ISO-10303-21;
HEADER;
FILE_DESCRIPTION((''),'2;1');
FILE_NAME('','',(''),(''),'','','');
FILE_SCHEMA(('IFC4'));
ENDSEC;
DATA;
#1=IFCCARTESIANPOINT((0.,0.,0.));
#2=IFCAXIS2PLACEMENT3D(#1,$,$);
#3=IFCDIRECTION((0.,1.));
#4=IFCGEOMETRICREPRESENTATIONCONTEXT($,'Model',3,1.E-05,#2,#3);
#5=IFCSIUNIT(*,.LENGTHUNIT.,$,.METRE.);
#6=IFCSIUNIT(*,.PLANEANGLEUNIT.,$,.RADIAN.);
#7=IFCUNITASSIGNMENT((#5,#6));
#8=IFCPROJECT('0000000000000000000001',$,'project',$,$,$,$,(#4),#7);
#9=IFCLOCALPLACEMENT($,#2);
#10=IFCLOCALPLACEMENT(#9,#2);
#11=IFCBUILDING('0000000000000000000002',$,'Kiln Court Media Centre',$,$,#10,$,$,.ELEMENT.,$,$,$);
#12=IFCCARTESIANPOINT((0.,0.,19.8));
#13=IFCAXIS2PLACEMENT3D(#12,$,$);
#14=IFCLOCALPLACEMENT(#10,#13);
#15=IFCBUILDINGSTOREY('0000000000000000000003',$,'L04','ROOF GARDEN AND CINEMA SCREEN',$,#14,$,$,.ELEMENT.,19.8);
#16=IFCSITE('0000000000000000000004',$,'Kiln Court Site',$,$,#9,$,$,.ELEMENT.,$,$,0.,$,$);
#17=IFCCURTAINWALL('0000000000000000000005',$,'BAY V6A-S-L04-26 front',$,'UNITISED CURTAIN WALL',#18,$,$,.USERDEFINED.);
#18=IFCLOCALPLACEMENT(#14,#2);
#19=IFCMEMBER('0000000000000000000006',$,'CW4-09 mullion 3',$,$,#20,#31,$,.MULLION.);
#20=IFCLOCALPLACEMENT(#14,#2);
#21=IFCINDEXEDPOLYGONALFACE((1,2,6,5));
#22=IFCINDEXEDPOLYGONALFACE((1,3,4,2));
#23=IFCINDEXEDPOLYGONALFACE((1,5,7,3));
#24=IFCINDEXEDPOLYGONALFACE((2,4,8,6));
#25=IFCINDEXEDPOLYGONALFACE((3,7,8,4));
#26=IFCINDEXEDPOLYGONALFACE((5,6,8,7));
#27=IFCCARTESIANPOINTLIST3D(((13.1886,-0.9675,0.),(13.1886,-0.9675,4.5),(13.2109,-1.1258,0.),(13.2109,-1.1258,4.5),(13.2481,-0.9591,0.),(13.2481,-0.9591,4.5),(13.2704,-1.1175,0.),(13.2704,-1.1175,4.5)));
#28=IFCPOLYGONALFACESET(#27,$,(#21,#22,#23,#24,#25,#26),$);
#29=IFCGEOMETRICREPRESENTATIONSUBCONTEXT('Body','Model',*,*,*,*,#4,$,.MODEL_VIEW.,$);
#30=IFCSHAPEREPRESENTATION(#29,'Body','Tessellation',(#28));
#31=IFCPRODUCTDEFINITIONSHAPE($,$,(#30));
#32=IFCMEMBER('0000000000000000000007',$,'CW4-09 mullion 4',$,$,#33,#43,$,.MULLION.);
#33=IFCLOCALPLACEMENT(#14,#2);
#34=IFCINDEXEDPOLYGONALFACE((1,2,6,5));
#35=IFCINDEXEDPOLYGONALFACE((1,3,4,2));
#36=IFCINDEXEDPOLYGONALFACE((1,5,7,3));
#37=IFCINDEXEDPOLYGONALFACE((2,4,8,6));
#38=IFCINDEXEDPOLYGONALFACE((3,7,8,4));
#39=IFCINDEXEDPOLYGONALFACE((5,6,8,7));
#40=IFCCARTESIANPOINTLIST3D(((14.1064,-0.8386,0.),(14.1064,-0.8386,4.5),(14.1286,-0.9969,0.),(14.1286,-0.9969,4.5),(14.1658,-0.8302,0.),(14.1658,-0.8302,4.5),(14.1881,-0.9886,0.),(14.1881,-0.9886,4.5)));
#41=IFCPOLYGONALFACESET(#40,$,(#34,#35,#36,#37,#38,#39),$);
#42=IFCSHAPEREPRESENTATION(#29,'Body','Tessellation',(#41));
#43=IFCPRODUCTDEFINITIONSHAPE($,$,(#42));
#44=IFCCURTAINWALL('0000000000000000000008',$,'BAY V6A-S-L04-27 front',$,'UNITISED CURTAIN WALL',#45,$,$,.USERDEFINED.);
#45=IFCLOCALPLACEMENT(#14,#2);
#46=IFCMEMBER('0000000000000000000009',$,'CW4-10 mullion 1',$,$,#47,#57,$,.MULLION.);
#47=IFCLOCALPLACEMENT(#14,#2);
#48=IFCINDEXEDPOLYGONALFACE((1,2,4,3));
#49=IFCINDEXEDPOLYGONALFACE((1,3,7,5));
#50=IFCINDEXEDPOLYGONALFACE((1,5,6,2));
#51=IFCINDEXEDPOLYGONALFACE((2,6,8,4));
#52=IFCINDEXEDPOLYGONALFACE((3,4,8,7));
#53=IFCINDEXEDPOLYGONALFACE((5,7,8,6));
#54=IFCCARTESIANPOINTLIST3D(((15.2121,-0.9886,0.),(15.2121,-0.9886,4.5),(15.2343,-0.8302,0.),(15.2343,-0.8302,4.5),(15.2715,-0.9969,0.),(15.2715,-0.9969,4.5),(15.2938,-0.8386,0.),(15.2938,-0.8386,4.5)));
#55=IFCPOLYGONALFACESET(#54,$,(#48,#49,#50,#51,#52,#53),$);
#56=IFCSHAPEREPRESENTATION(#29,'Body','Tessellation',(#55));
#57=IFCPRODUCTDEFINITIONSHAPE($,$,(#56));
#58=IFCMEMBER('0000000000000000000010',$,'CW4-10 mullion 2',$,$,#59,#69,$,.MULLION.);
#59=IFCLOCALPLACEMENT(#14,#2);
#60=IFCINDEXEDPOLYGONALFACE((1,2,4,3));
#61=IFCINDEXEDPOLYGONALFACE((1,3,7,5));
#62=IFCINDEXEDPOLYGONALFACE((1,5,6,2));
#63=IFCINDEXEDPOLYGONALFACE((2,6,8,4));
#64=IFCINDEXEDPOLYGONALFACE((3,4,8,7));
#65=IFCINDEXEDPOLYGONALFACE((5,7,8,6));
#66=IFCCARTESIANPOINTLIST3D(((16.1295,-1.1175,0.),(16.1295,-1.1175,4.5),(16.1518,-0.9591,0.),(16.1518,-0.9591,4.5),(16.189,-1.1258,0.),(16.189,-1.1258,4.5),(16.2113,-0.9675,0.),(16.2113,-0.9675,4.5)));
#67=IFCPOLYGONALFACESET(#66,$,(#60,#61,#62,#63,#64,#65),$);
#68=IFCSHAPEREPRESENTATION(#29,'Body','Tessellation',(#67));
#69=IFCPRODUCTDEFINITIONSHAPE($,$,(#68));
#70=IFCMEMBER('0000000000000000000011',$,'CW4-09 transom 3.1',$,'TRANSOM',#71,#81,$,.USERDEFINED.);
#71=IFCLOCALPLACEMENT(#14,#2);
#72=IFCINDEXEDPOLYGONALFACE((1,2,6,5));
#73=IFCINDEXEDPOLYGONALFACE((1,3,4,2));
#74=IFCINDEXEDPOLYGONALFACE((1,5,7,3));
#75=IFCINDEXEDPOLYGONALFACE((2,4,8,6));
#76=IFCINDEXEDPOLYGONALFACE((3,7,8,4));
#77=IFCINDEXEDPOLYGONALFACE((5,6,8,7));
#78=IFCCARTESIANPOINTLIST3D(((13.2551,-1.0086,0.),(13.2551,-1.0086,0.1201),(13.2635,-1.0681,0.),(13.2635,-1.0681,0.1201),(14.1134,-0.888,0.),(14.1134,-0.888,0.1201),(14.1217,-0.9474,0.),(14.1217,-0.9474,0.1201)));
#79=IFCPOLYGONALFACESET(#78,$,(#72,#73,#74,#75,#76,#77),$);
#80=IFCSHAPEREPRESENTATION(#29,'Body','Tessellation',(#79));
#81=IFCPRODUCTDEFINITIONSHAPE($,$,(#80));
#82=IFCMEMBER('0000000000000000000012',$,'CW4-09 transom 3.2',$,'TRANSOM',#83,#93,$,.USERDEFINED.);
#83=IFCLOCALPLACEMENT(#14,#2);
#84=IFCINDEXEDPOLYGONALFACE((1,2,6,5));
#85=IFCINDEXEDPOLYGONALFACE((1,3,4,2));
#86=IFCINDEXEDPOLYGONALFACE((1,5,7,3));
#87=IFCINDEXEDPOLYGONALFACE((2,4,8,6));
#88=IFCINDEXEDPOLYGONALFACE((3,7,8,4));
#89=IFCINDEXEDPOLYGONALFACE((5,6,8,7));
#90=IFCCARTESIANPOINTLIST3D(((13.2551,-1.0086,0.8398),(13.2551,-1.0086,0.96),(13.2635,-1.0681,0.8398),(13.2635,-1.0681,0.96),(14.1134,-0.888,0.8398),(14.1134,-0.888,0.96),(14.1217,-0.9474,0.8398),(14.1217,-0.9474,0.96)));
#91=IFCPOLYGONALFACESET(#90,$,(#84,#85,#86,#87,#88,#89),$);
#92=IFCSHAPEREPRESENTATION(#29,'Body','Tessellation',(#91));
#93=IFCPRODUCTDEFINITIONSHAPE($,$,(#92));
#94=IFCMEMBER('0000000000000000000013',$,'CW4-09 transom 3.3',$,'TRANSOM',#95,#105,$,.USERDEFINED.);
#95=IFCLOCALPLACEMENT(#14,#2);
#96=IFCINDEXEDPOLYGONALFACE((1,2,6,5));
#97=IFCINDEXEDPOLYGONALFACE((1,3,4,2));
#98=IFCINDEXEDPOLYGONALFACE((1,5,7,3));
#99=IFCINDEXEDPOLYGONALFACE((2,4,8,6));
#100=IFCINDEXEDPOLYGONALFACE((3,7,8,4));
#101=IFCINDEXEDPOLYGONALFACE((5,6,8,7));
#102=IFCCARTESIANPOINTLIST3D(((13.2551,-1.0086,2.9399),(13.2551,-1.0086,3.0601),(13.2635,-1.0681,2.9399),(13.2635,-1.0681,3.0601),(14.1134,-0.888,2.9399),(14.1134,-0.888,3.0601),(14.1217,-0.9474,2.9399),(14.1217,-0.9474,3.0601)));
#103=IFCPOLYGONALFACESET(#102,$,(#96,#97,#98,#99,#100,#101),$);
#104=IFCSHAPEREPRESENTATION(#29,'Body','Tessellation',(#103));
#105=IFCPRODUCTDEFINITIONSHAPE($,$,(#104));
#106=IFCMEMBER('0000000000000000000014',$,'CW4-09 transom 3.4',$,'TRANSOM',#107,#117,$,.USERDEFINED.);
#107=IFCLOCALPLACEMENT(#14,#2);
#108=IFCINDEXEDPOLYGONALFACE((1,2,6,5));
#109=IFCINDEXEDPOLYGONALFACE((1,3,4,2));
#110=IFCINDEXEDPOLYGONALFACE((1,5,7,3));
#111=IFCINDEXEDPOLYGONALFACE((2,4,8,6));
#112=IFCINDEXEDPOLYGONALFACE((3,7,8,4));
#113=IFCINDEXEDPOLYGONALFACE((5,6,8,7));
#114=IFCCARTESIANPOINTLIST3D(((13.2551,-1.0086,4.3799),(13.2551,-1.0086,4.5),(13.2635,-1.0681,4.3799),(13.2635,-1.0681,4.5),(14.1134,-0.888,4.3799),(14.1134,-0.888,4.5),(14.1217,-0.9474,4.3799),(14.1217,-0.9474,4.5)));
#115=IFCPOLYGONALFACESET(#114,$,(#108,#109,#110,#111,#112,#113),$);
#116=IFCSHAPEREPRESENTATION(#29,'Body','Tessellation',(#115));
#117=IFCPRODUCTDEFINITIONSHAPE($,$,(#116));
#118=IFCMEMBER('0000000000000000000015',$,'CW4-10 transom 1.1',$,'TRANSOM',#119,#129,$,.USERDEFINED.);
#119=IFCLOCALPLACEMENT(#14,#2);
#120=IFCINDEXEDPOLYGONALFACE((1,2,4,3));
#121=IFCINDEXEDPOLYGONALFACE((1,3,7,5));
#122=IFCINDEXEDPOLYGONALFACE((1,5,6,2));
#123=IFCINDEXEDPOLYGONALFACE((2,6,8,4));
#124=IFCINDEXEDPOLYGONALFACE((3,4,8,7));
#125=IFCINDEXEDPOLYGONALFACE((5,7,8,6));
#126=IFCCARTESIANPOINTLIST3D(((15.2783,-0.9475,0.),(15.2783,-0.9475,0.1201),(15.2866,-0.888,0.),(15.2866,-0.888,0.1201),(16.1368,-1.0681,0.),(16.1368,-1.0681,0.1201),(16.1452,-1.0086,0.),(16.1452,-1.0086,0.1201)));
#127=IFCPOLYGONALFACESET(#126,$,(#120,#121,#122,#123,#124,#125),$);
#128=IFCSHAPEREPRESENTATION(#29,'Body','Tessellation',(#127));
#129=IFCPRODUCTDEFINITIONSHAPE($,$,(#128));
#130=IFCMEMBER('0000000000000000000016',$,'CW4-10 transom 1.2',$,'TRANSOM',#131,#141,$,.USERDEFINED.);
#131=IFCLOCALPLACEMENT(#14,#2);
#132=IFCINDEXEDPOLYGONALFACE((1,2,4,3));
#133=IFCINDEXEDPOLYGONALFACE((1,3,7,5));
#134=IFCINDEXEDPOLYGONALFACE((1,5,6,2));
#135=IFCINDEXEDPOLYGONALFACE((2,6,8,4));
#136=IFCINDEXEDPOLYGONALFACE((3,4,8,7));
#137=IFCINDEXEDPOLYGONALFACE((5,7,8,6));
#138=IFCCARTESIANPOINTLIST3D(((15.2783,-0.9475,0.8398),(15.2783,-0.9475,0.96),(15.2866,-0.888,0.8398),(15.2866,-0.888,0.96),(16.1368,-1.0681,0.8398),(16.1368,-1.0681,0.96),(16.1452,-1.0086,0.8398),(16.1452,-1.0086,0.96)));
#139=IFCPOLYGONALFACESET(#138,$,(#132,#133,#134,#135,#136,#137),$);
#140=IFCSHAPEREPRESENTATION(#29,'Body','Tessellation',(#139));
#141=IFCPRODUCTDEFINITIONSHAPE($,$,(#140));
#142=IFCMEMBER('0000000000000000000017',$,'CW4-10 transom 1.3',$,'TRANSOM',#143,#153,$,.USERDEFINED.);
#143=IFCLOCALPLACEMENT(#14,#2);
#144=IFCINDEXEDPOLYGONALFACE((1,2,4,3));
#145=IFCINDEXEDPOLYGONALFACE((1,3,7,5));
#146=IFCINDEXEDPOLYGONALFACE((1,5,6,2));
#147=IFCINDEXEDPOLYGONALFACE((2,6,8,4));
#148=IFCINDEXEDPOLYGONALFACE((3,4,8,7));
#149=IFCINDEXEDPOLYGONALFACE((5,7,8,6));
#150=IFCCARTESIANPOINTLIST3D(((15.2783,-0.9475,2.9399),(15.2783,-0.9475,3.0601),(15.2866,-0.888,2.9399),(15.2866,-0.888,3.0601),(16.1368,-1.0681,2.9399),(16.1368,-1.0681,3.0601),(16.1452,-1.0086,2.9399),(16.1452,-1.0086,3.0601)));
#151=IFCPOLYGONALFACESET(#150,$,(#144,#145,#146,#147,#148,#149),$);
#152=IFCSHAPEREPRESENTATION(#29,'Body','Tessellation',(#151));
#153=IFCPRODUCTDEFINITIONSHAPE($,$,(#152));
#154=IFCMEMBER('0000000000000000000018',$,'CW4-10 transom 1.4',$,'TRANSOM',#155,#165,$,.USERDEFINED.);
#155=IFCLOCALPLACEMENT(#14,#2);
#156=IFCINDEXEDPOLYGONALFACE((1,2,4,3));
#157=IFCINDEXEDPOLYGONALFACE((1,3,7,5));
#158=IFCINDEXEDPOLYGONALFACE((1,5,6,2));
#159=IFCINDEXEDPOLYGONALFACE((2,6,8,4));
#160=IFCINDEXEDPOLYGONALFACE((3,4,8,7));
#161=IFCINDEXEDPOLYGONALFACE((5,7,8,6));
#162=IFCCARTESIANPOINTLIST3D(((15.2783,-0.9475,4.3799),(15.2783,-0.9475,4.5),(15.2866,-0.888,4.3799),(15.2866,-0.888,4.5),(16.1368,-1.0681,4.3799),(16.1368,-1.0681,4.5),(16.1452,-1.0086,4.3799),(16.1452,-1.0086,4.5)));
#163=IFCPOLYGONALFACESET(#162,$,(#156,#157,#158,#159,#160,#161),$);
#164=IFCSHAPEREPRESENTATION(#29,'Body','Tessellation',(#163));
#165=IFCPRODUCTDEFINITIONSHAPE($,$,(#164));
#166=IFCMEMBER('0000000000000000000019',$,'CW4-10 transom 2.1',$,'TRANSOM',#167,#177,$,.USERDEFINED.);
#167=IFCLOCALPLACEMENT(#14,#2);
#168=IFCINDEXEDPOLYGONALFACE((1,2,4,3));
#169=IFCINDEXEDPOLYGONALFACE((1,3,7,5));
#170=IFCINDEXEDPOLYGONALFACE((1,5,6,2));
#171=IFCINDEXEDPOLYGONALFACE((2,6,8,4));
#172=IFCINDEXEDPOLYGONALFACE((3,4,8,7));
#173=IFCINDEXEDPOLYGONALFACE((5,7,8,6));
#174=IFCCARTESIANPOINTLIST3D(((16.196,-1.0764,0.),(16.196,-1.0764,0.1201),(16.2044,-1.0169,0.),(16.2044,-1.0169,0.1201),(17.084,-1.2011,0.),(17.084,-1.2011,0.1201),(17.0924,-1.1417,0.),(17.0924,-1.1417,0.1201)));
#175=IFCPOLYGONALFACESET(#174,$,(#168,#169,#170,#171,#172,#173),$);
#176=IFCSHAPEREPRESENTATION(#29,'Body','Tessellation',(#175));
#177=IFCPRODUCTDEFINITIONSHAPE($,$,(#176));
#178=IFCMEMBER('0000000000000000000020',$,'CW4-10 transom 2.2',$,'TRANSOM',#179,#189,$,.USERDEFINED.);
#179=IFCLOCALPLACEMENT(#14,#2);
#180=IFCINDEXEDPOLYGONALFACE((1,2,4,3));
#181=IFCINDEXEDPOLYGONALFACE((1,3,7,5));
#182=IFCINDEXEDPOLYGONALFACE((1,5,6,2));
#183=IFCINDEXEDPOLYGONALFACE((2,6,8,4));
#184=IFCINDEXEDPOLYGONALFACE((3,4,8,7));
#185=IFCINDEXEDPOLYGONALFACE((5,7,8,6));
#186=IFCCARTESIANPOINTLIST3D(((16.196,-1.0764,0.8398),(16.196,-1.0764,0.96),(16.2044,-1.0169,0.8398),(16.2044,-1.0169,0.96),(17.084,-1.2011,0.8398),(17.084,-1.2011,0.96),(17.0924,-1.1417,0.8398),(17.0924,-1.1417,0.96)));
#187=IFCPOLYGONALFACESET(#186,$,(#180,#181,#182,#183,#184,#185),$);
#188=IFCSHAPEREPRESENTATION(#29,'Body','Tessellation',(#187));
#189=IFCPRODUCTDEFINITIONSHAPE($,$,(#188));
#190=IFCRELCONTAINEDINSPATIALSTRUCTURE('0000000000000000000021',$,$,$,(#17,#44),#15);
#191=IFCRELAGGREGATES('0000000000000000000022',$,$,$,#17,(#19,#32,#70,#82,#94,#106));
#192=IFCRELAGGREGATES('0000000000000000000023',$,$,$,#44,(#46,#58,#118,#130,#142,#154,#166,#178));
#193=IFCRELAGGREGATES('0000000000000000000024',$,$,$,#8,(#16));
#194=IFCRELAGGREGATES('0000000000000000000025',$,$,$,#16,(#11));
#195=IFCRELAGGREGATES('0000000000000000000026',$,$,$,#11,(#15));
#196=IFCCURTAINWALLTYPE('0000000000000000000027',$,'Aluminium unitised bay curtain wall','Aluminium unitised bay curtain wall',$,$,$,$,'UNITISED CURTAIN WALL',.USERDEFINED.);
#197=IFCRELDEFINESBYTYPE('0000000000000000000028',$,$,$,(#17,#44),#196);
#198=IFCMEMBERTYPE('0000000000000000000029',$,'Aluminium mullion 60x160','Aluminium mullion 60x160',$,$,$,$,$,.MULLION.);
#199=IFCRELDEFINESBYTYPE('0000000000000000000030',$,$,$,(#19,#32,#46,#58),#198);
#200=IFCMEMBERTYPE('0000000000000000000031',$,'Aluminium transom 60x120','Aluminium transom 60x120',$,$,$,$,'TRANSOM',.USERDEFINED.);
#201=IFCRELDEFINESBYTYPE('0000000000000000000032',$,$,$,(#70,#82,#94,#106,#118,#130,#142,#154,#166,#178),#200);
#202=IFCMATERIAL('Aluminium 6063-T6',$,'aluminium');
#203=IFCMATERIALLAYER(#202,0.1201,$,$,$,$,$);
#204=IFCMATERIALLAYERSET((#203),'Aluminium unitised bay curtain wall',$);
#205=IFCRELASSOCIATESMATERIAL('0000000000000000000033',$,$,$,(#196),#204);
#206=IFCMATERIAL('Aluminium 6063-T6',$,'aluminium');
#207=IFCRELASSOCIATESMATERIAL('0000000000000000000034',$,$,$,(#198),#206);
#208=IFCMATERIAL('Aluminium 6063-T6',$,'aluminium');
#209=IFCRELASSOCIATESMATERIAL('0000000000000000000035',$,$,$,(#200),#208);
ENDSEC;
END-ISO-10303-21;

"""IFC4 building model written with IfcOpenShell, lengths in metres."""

from ifc_helpers import new_model, si_unit, direction, frame, origin, origin_2d, place, context, subcontext, project, spatial, rectangle, extrude, material, layer, layer_set, material_profile, profile_set, type_object, element, aggregate, save


model = new_model("IFC4")

# Units and contexts
model_context = context("Model", 3, precision=1e-05, world=origin(), true_north=direction((0.0, 1.0)))
body_context = subcontext(model_context, "Body", "Model", "MODEL_VIEW")
ifc_project = project(units=[si_unit("LENGTHUNIT", "METRE"), si_unit("PLANEANGLEUNIT", "RADIAN")], contexts=[model_context])

# Site, building, storey
site_placement = place(None, origin())
site = spatial("IfcSite", under=ifc_project, at=site_placement, Name="Kiln Court Site", CompositionType="ELEMENT", RefElevation=0.0)
building_placement = place(site_placement, origin())
building = spatial("IfcBuilding", under=site, at=building_placement, Name="Kiln Court Media Centre", CompositionType="ELEMENT")
storey_placement = place(building_placement, frame((0.0, 0.0, 19.8)))
storey = spatial("IfcBuildingStorey", under=building, at=storey_placement, Name="L04", Description="ROOF GARDEN AND CINEMA SCREEN", CompositionType="ELEMENT", Elevation=19.8)

# Curtain walls, members
ifc_material_1 = material(Name="Aluminium 6063-T6", Category="aluminium")
ifc_layer_1 = layer(ifc_material_1, 0.1201)
ifc_layer_set_1 = layer_set([ifc_layer_1], Name="Aluminium unitised bay curtain wall")
curtain_wall_type = type_object("IfcCurtainWallType", Name="Aluminium unitised bay curtain wall", Description="Aluminium unitised bay curtain wall", ElementType="UNITISED CURTAIN WALL", PredefinedType="USERDEFINED", material=ifc_layer_set_1)
curtain_wall_1_placement = place(storey_placement, origin())
curtain_wall_1 = element("IfcCurtainWall", 1, at=curtain_wall_1_placement, inside=storey, type_object=curtain_wall_type, Name="BAY V6A-S-L04-26 front", ObjectType="UNITISED CURTAIN WALL", PredefinedType="USERDEFINED")
ifc_material_2 = material(Name="Aluminium 6063-T6", Category="aluminium")
ifc_material_profile_1 = material_profile(ifc_material_2, rectangle(XDim=0.0601, YDim=0.1599, at=origin_2d()), Name="Aluminium mullion 60x160")
ifc_profile_set_1 = profile_set([ifc_material_profile_1], Name="Aluminium 6063-T6")
member_type_1 = type_object("IfcMemberType", Name="Aluminium mullion 60x160", Description="Aluminium mullion 60x160", PredefinedType="MULLION", material=ifc_profile_set_1)
member_1_placement = place(storey_placement, frame((13.2295, -1.0425, 0.0), z_axis=(0.0, 0.0, 1.0), x_axis=(0.99027, 0.139162, 0.0)))
member_1 = element("IfcMember", 2, at=member_1_placement, type_object=member_type_1, Name="CW4-09 mullion 3", PredefinedType="MULLION", context=body_context, shape_type="SweptSolid", body=[
    extrude(rectangle(XDim=0.0601, YDim=0.1599, at=origin_2d()), origin(), (0.0, 0.0, 1.0), 4.5),
])
member_2_placement = place(storey_placement, frame((14.1472, -0.9136, 0.0), z_axis=(0.0, 0.0, 1.0), x_axis=(0.99027, 0.139162, 0.0)))
member_2 = element("IfcMember", 3, at=member_2_placement, type_object=member_type_1, Name="CW4-09 mullion 4", PredefinedType="MULLION", context=body_context, shape_type="SweptSolid", body=[
    extrude(rectangle(XDim=0.0601, YDim=0.1599, at=origin_2d()), origin(), (0.0, 0.0, 1.0), 4.5),
])
curtain_wall_2_placement = place(storey_placement, origin())
curtain_wall_2 = element("IfcCurtainWall", 4, at=curtain_wall_2_placement, inside=storey, type_object=curtain_wall_type, Name="BAY V6A-S-L04-27 front", ObjectType="UNITISED CURTAIN WALL", PredefinedType="USERDEFINED")
member_3_placement = place(storey_placement, frame((15.2529, -0.9136, 0.0), z_axis=(0.0, 0.0, 1.0), x_axis=(0.99027, -0.139162, 0.0)))
member_3 = element("IfcMember", 5, at=member_3_placement, type_object=member_type_1, Name="CW4-10 mullion 1", PredefinedType="MULLION", context=body_context, shape_type="SweptSolid", body=[
    extrude(rectangle(XDim=0.0601, YDim=0.1599, at=origin_2d()), origin(), (0.0, 0.0, 1.0), 4.5),
])
member_4_placement = place(storey_placement, frame((16.1704, -1.0425, 0.0), z_axis=(0.0, 0.0, 1.0), x_axis=(0.99027, -0.139162, 0.0)))
member_4 = element("IfcMember", 6, at=member_4_placement, type_object=member_type_1, Name="CW4-10 mullion 2", PredefinedType="MULLION", context=body_context, shape_type="SweptSolid", body=[
    extrude(rectangle(XDim=0.0601, YDim=0.1599, at=origin_2d()), origin(), (0.0, 0.0, 1.0), 4.5),
])

# Members
ifc_material_3 = material(Name="Aluminium 6063-T6", Category="aluminium")
ifc_material_profile_2 = material_profile(ifc_material_3, rectangle(XDim=0.0601, YDim=0.1201, at=origin_2d()), Name="Aluminium transom 60x120")
ifc_profile_set_2 = profile_set([ifc_material_profile_2], Name="Aluminium 6063-T6")
member_type_2 = type_object("IfcMemberType", Name="Aluminium transom 60x120", Description="Aluminium transom 60x120", ElementType="TRANSOM", PredefinedType="USERDEFINED", material=ifc_profile_set_2)
member_5_placement = place(storey_placement, frame((13.2593, -1.0383, 0.0601), z_axis=(0.990268, 0.139173, 0.0), x_axis=(-0.139173, 0.990268, 0.0)))
member_5 = element("IfcMember", 7, at=member_5_placement, type_object=member_type_2, Name="CW4-09 transom 3.1", ObjectType="TRANSOM", PredefinedType="USERDEFINED", context=body_context, shape_type="SweptSolid", body=[
    extrude(rectangle(XDim=0.0601, YDim=0.1201, at=origin_2d()), origin(), (0.0, 0.0, 1.0), 0.8667),
])
member_6_placement = place(storey_placement, frame((13.2593, -1.0383, 0.8999), z_axis=(0.990268, 0.139173, 0.0), x_axis=(-0.139173, 0.990268, 0.0)))
member_6 = element("IfcMember", 8, at=member_6_placement, type_object=member_type_2, Name="CW4-09 transom 3.2", ObjectType="TRANSOM", PredefinedType="USERDEFINED", context=body_context, shape_type="SweptSolid", body=[
    extrude(rectangle(XDim=0.0601, YDim=0.1201, at=origin_2d()), origin(), (0.0, 0.0, 1.0), 0.8667),
])
member_7_placement = place(storey_placement, frame((13.2593, -1.0383, 3.0), z_axis=(0.990268, 0.139173, 0.0), x_axis=(-0.139173, 0.990268, 0.0)))
member_7 = element("IfcMember", 9, at=member_7_placement, type_object=member_type_2, Name="CW4-09 transom 3.3", ObjectType="TRANSOM", PredefinedType="USERDEFINED", context=body_context, shape_type="SweptSolid", body=[
    extrude(rectangle(XDim=0.0601, YDim=0.1201, at=origin_2d()), origin(), (0.0, 0.0, 1.0), 0.8667),
])
member_8_placement = place(storey_placement, frame((13.2593, -1.0383, 4.4399), z_axis=(0.990268, 0.139173, 0.0), x_axis=(-0.139173, 0.990268, 0.0)))
member_8 = element("IfcMember", 10, at=member_8_placement, type_object=member_type_2, Name="CW4-09 transom 3.4", ObjectType="TRANSOM", PredefinedType="USERDEFINED", context=body_context, shape_type="SweptSolid", body=[
    extrude(rectangle(XDim=0.0601, YDim=0.1201, at=origin_2d()), origin(), (0.0, 0.0, 1.0), 0.8667),
])
member_9_placement = place(storey_placement, frame((15.2825, -0.9177, 0.0601), z_axis=(0.990274, -0.139134, 0.0), x_axis=(0.139134, 0.990274, 0.0)))
member_9 = element("IfcMember", 11, at=member_9_placement, type_object=member_type_2, Name="CW4-10 transom 1.1", ObjectType="TRANSOM", PredefinedType="USERDEFINED", context=body_context, shape_type="SweptSolid", body=[
    extrude(rectangle(XDim=0.0601, YDim=0.1201, at=origin_2d()), origin(), (0.0, 0.0, 1.0), 0.8669),
])
member_10_placement = place(storey_placement, frame((15.2825, -0.9177, 0.8999), z_axis=(0.990274, -0.139134, 0.0), x_axis=(0.139134, 0.990274, 0.0)))
member_10 = element("IfcMember", 12, at=member_10_placement, type_object=member_type_2, Name="CW4-10 transom 1.2", ObjectType="TRANSOM", PredefinedType="USERDEFINED", context=body_context, shape_type="SweptSolid", body=[
    extrude(rectangle(XDim=0.0601, YDim=0.1201, at=origin_2d()), origin(), (0.0, 0.0, 1.0), 0.8669),
])
member_11_placement = place(storey_placement, frame((15.2825, -0.9177, 3.0), z_axis=(0.990274, -0.139134, 0.0), x_axis=(0.139134, 0.990274, 0.0)))
member_11 = element("IfcMember", 13, at=member_11_placement, type_object=member_type_2, Name="CW4-10 transom 1.3", ObjectType="TRANSOM", PredefinedType="USERDEFINED", context=body_context, shape_type="SweptSolid", body=[
    extrude(rectangle(XDim=0.0601, YDim=0.1201, at=origin_2d()), origin(), (0.0, 0.0, 1.0), 0.8669),
])
member_12_placement = place(storey_placement, frame((15.2825, -0.9177, 4.4399), z_axis=(0.990274, -0.139134, 0.0), x_axis=(0.139134, 0.990274, 0.0)))
member_12 = element("IfcMember", 14, at=member_12_placement, type_object=member_type_2, Name="CW4-10 transom 1.4", ObjectType="TRANSOM", PredefinedType="USERDEFINED", context=body_context, shape_type="SweptSolid", body=[
    extrude(rectangle(XDim=0.0601, YDim=0.1201, at=origin_2d()), origin(), (0.0, 0.0, 1.0), 0.8669),
])
member_13_placement = place(storey_placement, frame((16.2002, -1.0466, 0.0601), z_axis=(0.990274, -0.139134, 0.0), x_axis=(0.139134, 0.990274, 0.0)))
member_13 = element("IfcMember", 15, at=member_13_placement, type_object=member_type_2, Name="CW4-10 transom 2.1", ObjectType="TRANSOM", PredefinedType="USERDEFINED", context=body_context, shape_type="SweptSolid", body=[
    extrude(rectangle(XDim=0.0601, YDim=0.1201, at=origin_2d()), origin(), (0.0, 0.0, 1.0), 0.8967),
])
member_14_placement = place(storey_placement, frame((16.2002, -1.0466, 0.8999), z_axis=(0.990274, -0.139134, 0.0), x_axis=(0.139134, 0.990274, 0.0)))
member_14 = element("IfcMember", 16, at=member_14_placement, type_object=member_type_2, Name="CW4-10 transom 2.2", ObjectType="TRANSOM", PredefinedType="USERDEFINED", context=body_context, shape_type="SweptSolid", body=[
    extrude(rectangle(XDim=0.0601, YDim=0.1201, at=origin_2d()), origin(), (0.0, 0.0, 1.0), 0.8967),
])

aggregate(curtain_wall_1, [member_1, member_2, member_5, member_6, member_7, member_8])
aggregate(curtain_wall_2, [member_3, member_4, member_9, member_10, member_11, member_12, member_13, member_14])

save(model, "model.ifc")
